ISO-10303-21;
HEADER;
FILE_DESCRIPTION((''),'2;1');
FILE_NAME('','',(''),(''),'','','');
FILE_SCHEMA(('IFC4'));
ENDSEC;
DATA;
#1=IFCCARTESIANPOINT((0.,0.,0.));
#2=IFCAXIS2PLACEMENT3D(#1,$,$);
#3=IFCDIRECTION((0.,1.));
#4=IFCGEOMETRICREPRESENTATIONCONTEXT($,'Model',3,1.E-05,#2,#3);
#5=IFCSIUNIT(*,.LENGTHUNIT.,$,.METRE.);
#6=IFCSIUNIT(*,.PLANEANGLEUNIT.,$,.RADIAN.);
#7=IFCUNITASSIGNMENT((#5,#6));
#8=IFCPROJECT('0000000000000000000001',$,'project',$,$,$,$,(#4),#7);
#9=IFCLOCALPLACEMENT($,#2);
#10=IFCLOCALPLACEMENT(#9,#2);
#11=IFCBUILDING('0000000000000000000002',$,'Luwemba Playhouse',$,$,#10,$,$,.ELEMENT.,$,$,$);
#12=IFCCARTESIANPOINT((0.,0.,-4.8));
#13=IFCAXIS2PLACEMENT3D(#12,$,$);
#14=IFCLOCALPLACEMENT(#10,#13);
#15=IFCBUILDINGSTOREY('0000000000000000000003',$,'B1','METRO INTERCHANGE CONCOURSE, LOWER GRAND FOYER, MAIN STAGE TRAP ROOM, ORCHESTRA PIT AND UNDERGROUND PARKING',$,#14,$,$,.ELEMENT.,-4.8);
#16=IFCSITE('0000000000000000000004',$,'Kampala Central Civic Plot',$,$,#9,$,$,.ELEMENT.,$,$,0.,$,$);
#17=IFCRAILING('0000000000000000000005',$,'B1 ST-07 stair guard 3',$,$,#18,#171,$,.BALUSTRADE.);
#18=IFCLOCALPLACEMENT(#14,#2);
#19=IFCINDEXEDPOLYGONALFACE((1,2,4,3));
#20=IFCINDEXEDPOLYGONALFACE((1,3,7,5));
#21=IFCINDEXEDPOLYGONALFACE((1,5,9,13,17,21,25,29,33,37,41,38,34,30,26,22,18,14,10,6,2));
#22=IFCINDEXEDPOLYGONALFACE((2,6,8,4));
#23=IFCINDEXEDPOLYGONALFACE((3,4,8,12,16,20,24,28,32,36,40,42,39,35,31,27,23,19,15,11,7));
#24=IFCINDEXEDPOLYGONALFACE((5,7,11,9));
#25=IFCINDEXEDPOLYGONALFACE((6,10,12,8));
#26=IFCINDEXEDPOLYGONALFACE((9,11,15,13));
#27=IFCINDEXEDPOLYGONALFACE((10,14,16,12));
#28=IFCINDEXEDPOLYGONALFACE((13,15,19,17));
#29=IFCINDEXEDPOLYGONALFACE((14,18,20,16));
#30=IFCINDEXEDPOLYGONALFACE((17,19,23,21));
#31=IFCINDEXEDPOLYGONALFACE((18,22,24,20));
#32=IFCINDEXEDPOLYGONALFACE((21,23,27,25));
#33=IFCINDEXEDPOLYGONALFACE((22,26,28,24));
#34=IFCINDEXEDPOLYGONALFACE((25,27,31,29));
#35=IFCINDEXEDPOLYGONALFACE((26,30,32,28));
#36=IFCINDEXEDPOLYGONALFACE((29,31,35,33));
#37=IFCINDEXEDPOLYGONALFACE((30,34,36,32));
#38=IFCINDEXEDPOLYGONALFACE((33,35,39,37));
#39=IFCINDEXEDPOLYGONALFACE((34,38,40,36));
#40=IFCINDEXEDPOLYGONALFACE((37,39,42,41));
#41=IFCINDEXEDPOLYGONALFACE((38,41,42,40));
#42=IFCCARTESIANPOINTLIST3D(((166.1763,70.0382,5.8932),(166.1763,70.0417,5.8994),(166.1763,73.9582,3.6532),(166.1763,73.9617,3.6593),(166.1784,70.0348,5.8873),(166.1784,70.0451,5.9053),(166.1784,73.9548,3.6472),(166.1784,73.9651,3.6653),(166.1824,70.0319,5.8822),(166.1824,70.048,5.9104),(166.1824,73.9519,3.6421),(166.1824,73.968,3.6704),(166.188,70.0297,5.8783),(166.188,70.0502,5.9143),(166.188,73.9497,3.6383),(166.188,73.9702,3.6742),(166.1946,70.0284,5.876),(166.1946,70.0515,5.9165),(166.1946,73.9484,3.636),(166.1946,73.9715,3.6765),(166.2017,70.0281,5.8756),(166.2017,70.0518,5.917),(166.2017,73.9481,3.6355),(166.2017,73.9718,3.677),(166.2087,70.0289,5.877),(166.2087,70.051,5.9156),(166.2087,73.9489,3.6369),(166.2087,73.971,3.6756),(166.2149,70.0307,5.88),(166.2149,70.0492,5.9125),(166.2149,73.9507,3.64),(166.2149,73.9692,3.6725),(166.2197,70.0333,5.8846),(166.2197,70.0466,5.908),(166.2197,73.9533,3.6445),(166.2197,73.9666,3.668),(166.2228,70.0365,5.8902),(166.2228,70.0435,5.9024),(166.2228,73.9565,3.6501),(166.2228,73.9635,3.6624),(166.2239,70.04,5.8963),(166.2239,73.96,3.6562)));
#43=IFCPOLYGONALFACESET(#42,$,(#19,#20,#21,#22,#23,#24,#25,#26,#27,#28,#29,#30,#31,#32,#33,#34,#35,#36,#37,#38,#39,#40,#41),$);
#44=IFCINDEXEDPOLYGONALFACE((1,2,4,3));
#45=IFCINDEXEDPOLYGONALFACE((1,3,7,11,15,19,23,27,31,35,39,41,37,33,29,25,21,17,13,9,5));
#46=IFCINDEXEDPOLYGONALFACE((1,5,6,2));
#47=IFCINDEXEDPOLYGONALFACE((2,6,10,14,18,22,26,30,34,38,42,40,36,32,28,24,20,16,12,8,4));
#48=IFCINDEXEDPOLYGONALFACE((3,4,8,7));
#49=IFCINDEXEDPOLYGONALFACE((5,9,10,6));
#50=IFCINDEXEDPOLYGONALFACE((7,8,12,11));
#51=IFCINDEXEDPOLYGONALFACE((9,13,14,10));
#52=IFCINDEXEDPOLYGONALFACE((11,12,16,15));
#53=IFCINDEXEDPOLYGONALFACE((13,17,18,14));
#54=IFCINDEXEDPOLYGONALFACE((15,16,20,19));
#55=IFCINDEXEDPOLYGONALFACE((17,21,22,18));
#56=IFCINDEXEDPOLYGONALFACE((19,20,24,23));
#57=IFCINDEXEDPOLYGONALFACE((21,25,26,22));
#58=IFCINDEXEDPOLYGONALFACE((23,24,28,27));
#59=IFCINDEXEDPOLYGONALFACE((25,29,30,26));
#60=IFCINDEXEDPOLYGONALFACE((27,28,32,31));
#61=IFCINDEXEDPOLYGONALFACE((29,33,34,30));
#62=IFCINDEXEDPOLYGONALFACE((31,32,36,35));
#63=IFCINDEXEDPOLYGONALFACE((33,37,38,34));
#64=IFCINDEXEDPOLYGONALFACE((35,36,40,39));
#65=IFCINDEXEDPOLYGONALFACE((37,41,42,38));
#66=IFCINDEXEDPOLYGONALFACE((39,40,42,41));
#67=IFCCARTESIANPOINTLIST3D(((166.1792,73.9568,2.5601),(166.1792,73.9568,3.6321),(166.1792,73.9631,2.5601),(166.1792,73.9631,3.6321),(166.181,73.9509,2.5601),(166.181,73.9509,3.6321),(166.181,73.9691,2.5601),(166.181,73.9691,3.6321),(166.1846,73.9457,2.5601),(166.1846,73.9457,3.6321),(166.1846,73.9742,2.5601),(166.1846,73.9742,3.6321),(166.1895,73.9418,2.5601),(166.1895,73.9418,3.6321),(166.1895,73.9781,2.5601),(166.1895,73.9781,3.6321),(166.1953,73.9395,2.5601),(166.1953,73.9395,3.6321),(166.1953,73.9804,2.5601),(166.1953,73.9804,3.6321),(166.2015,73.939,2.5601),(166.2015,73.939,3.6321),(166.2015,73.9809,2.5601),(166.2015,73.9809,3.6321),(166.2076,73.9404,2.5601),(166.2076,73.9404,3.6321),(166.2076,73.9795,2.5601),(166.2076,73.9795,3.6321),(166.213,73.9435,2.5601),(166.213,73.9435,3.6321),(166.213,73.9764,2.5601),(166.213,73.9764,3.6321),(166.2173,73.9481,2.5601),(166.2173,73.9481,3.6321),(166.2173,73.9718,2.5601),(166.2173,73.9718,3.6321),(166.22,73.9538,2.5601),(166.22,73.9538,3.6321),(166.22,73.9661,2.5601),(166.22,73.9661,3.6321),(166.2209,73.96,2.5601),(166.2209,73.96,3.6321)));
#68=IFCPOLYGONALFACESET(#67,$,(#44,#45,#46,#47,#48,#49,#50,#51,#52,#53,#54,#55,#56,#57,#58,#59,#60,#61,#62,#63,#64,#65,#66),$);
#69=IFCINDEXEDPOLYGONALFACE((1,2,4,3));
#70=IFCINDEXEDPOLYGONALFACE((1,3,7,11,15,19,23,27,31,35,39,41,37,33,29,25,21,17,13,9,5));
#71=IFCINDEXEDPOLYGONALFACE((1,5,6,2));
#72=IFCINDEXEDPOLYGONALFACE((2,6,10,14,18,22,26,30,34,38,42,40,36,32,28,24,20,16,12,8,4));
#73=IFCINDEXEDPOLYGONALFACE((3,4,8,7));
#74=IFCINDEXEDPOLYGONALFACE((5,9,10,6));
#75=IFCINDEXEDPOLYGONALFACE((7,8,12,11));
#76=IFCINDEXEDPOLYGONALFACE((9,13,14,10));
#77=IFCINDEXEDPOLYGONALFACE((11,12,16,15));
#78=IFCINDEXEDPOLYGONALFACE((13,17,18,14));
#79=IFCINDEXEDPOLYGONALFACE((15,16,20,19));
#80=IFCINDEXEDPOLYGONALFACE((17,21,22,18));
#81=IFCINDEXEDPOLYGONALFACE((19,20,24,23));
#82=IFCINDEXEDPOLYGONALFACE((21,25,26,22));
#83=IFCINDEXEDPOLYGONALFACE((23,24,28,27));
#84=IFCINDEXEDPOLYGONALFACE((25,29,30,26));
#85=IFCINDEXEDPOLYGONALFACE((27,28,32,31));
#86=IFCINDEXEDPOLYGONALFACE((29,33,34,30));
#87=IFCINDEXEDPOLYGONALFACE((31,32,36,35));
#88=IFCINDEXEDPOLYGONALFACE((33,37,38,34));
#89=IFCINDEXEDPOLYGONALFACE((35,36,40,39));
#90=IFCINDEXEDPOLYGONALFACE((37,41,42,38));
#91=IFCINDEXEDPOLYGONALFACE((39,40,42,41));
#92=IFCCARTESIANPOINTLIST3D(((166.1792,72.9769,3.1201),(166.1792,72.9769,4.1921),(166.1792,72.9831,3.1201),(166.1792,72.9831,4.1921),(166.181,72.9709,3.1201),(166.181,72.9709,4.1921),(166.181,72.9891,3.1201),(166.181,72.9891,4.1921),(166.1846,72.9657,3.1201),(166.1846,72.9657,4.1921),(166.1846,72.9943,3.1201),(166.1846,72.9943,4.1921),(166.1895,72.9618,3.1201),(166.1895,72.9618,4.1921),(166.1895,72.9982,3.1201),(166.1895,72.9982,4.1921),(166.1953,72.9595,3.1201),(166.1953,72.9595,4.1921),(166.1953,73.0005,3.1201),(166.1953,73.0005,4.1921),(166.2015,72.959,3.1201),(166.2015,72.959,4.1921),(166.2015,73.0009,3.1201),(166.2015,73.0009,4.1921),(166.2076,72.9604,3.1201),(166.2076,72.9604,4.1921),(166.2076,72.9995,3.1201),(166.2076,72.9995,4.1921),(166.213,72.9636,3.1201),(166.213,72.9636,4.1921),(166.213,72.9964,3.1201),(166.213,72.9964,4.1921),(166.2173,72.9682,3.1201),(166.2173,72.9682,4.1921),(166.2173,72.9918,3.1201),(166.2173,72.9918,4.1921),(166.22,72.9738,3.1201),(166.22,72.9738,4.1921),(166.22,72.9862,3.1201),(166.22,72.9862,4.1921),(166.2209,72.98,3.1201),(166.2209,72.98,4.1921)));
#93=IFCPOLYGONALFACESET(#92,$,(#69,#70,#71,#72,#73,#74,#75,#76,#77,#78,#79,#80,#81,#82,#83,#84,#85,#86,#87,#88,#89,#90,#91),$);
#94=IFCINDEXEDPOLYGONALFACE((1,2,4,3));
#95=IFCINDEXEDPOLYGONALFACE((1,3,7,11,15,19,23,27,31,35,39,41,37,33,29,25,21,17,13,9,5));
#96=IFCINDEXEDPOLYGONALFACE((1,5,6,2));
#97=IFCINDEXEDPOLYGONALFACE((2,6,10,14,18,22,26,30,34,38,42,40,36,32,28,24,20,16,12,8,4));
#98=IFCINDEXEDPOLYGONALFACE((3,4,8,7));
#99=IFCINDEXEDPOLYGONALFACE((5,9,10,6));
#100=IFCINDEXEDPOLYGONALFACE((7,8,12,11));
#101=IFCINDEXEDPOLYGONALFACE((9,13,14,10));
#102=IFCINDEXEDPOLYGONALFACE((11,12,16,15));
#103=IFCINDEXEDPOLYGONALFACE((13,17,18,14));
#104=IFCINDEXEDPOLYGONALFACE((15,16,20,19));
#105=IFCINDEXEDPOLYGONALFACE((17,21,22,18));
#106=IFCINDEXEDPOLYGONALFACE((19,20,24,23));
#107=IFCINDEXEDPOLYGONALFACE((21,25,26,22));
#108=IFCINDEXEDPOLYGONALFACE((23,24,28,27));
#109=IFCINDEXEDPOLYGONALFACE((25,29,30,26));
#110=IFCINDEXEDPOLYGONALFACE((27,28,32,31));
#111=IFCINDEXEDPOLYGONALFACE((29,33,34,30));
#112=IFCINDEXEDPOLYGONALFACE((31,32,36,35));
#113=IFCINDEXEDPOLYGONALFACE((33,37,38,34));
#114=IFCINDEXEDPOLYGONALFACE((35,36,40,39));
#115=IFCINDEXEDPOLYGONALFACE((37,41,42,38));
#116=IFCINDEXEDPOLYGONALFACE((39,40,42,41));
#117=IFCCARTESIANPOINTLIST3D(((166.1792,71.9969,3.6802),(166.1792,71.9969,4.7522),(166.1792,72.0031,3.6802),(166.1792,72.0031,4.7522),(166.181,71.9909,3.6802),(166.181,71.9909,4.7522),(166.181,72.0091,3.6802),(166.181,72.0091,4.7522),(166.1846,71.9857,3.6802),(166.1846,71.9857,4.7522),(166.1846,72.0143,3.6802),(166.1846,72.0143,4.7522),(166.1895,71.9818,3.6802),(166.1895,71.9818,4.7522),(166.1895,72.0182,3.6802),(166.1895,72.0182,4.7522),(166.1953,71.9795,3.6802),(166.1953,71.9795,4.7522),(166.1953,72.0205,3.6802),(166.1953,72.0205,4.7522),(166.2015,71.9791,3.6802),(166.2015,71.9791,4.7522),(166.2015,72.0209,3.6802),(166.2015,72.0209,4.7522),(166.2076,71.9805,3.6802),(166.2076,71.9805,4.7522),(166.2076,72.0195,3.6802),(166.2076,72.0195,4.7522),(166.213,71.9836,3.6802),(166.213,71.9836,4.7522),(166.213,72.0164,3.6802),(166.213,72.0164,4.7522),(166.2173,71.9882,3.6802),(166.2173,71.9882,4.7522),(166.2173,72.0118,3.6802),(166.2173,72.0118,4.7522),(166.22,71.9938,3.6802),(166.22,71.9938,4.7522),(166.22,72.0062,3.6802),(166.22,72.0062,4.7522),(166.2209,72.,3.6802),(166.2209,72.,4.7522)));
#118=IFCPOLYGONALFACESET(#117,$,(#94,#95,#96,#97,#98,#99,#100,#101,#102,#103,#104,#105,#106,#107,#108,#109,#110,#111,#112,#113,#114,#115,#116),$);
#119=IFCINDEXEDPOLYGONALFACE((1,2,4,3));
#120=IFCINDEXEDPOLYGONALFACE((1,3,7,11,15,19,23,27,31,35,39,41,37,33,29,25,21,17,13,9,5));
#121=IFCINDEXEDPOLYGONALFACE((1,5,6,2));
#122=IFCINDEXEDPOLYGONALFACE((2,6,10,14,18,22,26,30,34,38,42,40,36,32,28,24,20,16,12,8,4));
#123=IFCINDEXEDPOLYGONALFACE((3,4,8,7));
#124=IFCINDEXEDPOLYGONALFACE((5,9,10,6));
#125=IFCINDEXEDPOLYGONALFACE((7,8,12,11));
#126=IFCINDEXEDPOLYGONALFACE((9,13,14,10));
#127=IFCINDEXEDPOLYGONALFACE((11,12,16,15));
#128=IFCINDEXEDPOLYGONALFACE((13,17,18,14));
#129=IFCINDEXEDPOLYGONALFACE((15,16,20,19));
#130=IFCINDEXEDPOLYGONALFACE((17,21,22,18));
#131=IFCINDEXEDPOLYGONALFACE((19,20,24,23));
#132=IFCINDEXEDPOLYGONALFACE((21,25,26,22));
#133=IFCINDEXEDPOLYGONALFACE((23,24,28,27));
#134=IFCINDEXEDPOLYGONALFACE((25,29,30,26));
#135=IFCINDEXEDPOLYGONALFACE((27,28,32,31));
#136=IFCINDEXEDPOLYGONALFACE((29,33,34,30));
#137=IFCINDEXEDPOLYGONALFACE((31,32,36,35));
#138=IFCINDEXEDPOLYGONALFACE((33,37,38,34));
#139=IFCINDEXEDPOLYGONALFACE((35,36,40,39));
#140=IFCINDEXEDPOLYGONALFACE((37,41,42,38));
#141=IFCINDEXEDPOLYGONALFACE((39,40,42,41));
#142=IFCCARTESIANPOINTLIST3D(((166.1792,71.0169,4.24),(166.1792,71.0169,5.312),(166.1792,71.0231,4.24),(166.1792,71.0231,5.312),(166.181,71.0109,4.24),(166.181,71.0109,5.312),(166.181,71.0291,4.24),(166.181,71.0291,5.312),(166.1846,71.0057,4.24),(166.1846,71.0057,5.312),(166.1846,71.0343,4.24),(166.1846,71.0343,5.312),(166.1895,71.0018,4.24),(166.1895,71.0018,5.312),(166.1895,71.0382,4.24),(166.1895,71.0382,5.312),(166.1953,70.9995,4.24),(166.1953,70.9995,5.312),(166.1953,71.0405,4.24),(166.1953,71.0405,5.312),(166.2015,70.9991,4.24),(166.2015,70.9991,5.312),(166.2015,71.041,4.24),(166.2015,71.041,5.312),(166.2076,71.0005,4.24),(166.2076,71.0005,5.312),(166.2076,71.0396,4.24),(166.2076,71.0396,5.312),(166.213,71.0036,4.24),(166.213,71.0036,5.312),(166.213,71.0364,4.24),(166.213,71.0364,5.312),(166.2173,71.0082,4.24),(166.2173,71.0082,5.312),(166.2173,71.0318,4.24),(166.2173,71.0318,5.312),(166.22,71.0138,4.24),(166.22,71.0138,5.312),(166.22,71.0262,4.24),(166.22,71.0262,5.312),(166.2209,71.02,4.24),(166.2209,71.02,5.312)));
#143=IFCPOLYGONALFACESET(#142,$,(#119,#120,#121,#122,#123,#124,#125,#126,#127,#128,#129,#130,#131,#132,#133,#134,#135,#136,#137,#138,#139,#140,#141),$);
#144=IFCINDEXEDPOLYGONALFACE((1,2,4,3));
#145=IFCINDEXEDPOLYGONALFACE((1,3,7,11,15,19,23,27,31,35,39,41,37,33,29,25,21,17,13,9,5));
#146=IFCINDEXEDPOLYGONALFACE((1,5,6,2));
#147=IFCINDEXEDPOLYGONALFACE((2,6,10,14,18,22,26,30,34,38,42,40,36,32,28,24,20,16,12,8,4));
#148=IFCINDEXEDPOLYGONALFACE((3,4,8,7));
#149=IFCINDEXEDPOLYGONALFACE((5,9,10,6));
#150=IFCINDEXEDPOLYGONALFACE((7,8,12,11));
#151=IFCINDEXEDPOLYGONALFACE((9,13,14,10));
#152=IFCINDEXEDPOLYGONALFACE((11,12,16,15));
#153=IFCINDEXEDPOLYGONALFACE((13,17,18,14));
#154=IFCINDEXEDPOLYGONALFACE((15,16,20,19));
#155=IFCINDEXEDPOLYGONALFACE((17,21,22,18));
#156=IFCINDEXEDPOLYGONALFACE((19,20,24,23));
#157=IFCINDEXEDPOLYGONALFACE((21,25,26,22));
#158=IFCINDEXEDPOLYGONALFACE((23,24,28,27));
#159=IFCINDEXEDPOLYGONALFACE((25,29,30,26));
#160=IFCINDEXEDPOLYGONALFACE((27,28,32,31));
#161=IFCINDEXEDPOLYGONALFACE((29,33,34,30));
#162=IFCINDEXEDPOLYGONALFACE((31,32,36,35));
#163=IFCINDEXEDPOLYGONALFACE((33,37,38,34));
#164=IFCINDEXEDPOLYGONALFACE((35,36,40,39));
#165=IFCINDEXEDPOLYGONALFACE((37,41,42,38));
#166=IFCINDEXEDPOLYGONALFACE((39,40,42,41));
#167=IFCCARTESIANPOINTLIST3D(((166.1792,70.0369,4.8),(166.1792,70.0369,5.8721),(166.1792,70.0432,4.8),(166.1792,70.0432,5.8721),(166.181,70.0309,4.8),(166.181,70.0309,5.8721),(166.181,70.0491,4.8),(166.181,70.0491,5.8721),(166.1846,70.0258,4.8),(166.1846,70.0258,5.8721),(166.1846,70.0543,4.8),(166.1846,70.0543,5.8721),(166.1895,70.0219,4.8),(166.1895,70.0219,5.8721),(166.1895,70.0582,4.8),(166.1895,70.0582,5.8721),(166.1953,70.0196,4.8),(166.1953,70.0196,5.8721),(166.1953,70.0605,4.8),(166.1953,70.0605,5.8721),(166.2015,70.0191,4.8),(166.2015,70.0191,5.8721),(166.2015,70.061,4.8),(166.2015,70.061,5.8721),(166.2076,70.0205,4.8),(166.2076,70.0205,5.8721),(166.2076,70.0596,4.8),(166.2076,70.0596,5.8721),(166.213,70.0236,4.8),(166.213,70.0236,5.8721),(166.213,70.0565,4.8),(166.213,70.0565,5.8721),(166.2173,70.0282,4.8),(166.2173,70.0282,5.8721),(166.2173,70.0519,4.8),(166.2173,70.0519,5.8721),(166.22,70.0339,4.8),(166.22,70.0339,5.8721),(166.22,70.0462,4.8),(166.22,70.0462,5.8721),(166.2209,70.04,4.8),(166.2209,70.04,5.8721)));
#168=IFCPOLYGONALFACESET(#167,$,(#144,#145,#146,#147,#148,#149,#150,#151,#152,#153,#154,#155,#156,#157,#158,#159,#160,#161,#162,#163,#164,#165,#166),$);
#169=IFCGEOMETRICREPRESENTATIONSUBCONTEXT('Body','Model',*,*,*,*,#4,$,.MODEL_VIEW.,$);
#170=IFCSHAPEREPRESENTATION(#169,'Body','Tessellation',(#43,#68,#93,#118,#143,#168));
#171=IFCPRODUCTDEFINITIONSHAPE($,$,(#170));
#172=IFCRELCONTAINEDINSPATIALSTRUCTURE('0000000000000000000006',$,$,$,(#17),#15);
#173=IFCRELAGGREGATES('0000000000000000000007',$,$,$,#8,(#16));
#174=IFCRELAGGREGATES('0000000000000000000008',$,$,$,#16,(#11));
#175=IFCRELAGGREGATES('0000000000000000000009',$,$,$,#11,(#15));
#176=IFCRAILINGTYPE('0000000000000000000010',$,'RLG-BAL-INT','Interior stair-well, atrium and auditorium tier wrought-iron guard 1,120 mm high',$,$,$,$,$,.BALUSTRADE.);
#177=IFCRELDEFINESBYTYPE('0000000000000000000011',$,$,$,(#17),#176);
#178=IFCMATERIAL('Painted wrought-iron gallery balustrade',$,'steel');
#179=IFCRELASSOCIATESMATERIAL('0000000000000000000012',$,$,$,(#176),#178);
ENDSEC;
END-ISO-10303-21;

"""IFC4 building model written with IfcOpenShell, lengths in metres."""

from ifc_helpers import new_model, si_unit, direction, frame, origin, origin_2d, place, context, subcontext, project, spatial, circle, extrude, material, type_object, element, save


model = new_model("IFC4")

# Units and contexts
model_context = context("Model", 3, precision=1e-05, world=origin(), true_north=direction((0.0, 1.0)))
body_context = subcontext(model_context, "Body", "Model", "MODEL_VIEW")
ifc_project = project(units=[si_unit("LENGTHUNIT", "METRE"), si_unit("PLANEANGLEUNIT", "RADIAN")], contexts=[model_context])

# Site, building, storey
site_placement = place(None, origin())
site = spatial("IfcSite", under=ifc_project, at=site_placement, Name="Kampala Central Civic Plot", CompositionType="ELEMENT", RefElevation=0.0)
building_placement = place(site_placement, origin())
building = spatial("IfcBuilding", under=site, at=building_placement, Name="Luwemba Playhouse", CompositionType="ELEMENT")
storey_placement = place(building_placement, frame((0.0, 0.0, -4.8)))
storey = spatial("IfcBuildingStorey", under=building, at=storey_placement, Name="B1", Description="METRO INTERCHANGE CONCOURSE, LOWER GRAND FOYER, MAIN STAGE TRAP ROOM, ORCHESTRA PIT AND UNDERGROUND PARKING", CompositionType="ELEMENT", Elevation=-4.8)

# Railing
ifc_material_1 = material(Name="Painted wrought-iron gallery balustrade", Category="steel")
railing_type_1 = type_object("IfcRailingType", Name="RLG-BAL-INT", Description="Interior stair-well, atrium and auditorium tier wrought-iron guard 1,120 mm high", PredefinedType="BALUSTRADE", material=ifc_material_1)
railing_1_placement = place(storey_placement, frame((166.2, 73.96, 2.5601)))
element("IfcRailing", 1, at=railing_1_placement, inside=storey, type_object=railing_type_1, Name="B1 ST-07 stair guard 3", PredefinedType="BALUSTRADE", context=body_context, shape_type="SweptSolid", body=[
    extrude(circle(Radius=0.0239, at=origin_2d()), frame((0.0, 0.0, 1.0962), z_axis=(0.0, -0.86824, 0.496145), x_axis=(1.0, 0.0, 0.0)), (0.0, 0.0, 1.0), 4.5149),
    extrude(circle(Radius=0.021, at=origin_2d()), origin(), (0.0, 0.0, 1.0), 1.072),
    extrude(circle(Radius=0.021, at=origin_2d()), frame((0.0, -0.98, 0.5601)), (0.0, 0.0, 1.0), 1.072),
    extrude(circle(Radius=0.021, at=origin_2d()), frame((0.0, -1.96, 1.1201)), (0.0, 0.0, 1.0), 1.072),
    extrude(circle(Radius=0.021, at=origin_2d()), frame((0.0, -2.9399, 1.6799)), (0.0, 0.0, 1.0), 1.072),
    extrude(circle(Radius=0.021, at=origin_2d()), frame((0.0, -3.9199, 2.24)), (0.0, 0.0, 1.0), 1.072),
])

save(model, "model.ifc")
